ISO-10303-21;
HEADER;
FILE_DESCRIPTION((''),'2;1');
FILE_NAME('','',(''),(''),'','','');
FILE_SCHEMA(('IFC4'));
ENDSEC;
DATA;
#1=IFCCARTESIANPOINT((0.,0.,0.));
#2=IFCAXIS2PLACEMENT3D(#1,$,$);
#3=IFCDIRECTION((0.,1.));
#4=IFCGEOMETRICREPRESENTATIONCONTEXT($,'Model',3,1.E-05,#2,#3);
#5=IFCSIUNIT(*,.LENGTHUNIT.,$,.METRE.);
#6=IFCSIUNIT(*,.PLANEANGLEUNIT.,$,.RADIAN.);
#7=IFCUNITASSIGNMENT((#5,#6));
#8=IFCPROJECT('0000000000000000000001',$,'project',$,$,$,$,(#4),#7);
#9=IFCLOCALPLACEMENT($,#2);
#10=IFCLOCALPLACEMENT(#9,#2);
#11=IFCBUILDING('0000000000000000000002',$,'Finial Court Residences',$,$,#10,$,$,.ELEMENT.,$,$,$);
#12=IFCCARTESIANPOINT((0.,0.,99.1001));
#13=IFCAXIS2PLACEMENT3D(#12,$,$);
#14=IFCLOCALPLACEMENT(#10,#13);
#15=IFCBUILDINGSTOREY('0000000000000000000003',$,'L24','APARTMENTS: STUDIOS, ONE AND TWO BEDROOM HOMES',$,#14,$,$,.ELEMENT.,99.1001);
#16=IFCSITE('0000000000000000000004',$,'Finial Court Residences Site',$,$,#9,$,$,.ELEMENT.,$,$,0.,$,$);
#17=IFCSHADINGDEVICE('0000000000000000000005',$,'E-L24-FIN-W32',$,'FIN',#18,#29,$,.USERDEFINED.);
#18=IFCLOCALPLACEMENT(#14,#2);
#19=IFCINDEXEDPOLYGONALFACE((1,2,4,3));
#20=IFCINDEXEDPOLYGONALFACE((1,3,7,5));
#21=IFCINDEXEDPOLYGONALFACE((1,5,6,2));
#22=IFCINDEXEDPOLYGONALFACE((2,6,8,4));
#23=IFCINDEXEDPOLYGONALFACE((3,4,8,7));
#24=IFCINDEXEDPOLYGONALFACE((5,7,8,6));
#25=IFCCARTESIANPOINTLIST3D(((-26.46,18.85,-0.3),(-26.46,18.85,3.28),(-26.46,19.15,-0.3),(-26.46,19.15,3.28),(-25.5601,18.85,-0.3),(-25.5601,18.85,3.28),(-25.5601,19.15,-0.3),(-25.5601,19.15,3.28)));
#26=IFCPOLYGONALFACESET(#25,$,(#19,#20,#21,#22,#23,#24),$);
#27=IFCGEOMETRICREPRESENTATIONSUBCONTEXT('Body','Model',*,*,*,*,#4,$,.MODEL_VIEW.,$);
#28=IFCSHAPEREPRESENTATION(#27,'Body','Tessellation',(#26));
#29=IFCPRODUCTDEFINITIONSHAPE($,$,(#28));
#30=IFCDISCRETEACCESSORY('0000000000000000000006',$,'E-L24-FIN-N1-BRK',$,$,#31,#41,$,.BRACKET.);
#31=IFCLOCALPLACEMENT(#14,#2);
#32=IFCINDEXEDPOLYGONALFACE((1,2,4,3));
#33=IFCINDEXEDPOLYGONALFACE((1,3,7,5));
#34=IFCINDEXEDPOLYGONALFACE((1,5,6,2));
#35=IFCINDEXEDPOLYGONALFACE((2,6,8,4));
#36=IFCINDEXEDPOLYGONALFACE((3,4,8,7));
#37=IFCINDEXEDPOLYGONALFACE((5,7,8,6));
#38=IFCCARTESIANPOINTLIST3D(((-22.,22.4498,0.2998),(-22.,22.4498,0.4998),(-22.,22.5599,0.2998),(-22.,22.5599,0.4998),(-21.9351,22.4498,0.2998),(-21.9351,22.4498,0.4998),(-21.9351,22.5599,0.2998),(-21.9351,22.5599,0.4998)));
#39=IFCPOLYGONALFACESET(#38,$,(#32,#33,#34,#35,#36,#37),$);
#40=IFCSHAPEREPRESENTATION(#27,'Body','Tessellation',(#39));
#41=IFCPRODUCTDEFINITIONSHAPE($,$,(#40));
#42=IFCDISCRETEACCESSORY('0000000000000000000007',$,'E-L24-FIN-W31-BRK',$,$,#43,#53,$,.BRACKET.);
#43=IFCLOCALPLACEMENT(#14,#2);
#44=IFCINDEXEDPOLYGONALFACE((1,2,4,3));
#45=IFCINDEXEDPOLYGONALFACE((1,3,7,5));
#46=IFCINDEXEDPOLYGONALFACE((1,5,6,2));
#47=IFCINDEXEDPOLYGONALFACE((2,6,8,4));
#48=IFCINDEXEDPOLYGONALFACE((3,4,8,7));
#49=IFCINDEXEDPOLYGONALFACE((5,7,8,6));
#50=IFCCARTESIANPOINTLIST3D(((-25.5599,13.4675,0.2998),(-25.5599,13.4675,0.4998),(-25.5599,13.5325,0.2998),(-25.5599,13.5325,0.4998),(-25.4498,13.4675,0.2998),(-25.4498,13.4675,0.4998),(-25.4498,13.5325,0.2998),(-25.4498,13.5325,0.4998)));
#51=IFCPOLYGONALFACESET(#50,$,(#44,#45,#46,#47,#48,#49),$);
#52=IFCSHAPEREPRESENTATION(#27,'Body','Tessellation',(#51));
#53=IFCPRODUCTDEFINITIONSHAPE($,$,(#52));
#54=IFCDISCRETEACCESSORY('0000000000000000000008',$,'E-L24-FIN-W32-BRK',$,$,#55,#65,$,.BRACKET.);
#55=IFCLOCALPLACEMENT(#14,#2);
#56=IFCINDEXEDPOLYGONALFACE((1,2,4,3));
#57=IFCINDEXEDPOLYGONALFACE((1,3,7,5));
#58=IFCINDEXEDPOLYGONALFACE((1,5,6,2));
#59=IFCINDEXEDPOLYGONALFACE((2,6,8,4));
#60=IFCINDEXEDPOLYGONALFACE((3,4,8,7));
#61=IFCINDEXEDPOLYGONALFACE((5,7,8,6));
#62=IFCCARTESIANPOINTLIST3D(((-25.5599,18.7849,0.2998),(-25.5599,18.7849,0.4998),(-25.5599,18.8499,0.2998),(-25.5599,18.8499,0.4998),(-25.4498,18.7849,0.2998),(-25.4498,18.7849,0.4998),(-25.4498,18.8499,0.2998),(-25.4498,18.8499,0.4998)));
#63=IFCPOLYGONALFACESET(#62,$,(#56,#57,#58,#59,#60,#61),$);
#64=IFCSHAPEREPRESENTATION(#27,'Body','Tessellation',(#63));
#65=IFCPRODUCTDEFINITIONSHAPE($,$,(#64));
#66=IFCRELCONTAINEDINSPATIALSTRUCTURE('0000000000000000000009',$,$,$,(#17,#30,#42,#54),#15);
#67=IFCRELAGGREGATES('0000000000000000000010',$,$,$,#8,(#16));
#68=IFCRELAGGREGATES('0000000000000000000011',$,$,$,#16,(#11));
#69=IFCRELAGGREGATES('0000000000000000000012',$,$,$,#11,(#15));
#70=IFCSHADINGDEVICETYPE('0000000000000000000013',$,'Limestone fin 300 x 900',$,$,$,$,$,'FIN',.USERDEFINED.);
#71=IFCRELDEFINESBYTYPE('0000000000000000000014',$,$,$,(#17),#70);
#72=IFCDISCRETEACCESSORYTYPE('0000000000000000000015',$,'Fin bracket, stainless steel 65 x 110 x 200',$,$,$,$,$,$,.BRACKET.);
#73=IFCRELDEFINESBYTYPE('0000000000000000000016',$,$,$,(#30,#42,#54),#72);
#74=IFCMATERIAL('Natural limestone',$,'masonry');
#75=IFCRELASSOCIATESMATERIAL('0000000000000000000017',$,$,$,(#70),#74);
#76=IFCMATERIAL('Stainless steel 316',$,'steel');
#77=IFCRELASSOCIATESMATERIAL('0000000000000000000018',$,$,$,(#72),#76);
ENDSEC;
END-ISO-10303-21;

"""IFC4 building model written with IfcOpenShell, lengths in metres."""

from ifc_helpers import new_model, si_unit, direction, frame, origin, origin_2d, place, context, subcontext, project, spatial, rectangle, extrude, material, type_object, element, save


model = new_model("IFC4")

# Units and contexts
model_context = context("Model", 3, precision=1e-05, world=origin(), true_north=direction((0.0, 1.0)))
body_context = subcontext(model_context, "Body", "Model", "MODEL_VIEW")
ifc_project = project(units=[si_unit("LENGTHUNIT", "METRE"), si_unit("PLANEANGLEUNIT", "RADIAN")], contexts=[model_context])

# Site, building, storey
site_placement = place(None, origin())
site = spatial("IfcSite", under=ifc_project, at=site_placement, Name="Finial Court Residences Site", CompositionType="ELEMENT", RefElevation=0.0)
building_placement = place(site_placement, origin())
building = spatial("IfcBuilding", under=site, at=building_placement, Name="Finial Court Residences", CompositionType="ELEMENT")
storey_placement = place(building_placement, frame((0.0, 0.0, 99.1001)))
storey = spatial("IfcBuildingStorey", under=building, at=storey_placement, Name="L24", Description="APARTMENTS: STUDIOS, ONE AND TWO BEDROOM HOMES", CompositionType="ELEMENT", Elevation=99.1001)

# Shared definitions
ifc_material_1 = material(Name="Natural limestone", Category="masonry")

# Shading device
shading_device_type = type_object("IfcShadingDeviceType", Name="Limestone fin 300 x 900", ElementType="FIN", PredefinedType="USERDEFINED", material=ifc_material_1)
for number, where, z_axis, x_axis, name in (
    (1, (-26.01, 19.0, -0.3), (0.0, 0.0, 1.0), (1.0, 0.0, 0.0), "E-L24-FIN-W32"),
):
    element("IfcShadingDevice", number, at=place(storey_placement, frame(where, z_axis=z_axis, x_axis=x_axis)), inside=storey, type_object=shading_device_type, Name=name, ObjectType="FIN", PredefinedType="USERDEFINED", context=body_context, shape_type="SweptSolid", body=[
        extrude(rectangle(XDim=0.8999, YDim=0.3, at=origin_2d()), origin(), (0.0, 0.0, 1.0), 3.5801),
    ])

# Discrete accessories
ifc_material_2 = material(Name="Stainless steel 316", Category="steel")
discrete_accessory_type = type_object("IfcDiscreteAccessoryType", Name="Fin bracket, stainless steel 65 x 110 x 200", PredefinedType="BRACKET", material=ifc_material_2)
discrete_accessory_placement = place(storey_placement, frame((-21.9675, 22.5049, 0.2998), z_axis=(0.0, 0.0, 1.0), x_axis=(1.0, 0.0, 0.0)))
element("IfcDiscreteAccessory", 2, at=discrete_accessory_placement, inside=storey, type_object=discrete_accessory_type, Name="E-L24-FIN-N1-BRK", PredefinedType="BRACKET", context=body_context, shape_type="SweptSolid", body=[
    extrude(rectangle(XDim=0.0649, YDim=0.1101, at=origin_2d()), origin(), (0.0, 0.0, 1.0), 0.2),
])
for number, where, z_axis, x_axis, name in (
    (3, (-25.5049, 13.5, 0.2998), (0.0, 0.0, 1.0), (1.0, 0.0, 0.0), "E-L24-FIN-W31-BRK"),
    (4, (-25.5049, 18.8174, 0.2998), (0.0, 0.0, 1.0), (1.0, 0.0, 0.0), "E-L24-FIN-W32-BRK"),
):
    element("IfcDiscreteAccessory", number, at=place(storey_placement, frame(where, z_axis=z_axis, x_axis=x_axis)), inside=storey, type_object=discrete_accessory_type, Name=name, PredefinedType="BRACKET", context=body_context, shape_type="SweptSolid", body=[
        extrude(rectangle(XDim=0.1101, YDim=0.0649, at=origin_2d()), origin(), (0.0, 0.0, 1.0), 0.2),
    ])

save(model, "model.ifc")
